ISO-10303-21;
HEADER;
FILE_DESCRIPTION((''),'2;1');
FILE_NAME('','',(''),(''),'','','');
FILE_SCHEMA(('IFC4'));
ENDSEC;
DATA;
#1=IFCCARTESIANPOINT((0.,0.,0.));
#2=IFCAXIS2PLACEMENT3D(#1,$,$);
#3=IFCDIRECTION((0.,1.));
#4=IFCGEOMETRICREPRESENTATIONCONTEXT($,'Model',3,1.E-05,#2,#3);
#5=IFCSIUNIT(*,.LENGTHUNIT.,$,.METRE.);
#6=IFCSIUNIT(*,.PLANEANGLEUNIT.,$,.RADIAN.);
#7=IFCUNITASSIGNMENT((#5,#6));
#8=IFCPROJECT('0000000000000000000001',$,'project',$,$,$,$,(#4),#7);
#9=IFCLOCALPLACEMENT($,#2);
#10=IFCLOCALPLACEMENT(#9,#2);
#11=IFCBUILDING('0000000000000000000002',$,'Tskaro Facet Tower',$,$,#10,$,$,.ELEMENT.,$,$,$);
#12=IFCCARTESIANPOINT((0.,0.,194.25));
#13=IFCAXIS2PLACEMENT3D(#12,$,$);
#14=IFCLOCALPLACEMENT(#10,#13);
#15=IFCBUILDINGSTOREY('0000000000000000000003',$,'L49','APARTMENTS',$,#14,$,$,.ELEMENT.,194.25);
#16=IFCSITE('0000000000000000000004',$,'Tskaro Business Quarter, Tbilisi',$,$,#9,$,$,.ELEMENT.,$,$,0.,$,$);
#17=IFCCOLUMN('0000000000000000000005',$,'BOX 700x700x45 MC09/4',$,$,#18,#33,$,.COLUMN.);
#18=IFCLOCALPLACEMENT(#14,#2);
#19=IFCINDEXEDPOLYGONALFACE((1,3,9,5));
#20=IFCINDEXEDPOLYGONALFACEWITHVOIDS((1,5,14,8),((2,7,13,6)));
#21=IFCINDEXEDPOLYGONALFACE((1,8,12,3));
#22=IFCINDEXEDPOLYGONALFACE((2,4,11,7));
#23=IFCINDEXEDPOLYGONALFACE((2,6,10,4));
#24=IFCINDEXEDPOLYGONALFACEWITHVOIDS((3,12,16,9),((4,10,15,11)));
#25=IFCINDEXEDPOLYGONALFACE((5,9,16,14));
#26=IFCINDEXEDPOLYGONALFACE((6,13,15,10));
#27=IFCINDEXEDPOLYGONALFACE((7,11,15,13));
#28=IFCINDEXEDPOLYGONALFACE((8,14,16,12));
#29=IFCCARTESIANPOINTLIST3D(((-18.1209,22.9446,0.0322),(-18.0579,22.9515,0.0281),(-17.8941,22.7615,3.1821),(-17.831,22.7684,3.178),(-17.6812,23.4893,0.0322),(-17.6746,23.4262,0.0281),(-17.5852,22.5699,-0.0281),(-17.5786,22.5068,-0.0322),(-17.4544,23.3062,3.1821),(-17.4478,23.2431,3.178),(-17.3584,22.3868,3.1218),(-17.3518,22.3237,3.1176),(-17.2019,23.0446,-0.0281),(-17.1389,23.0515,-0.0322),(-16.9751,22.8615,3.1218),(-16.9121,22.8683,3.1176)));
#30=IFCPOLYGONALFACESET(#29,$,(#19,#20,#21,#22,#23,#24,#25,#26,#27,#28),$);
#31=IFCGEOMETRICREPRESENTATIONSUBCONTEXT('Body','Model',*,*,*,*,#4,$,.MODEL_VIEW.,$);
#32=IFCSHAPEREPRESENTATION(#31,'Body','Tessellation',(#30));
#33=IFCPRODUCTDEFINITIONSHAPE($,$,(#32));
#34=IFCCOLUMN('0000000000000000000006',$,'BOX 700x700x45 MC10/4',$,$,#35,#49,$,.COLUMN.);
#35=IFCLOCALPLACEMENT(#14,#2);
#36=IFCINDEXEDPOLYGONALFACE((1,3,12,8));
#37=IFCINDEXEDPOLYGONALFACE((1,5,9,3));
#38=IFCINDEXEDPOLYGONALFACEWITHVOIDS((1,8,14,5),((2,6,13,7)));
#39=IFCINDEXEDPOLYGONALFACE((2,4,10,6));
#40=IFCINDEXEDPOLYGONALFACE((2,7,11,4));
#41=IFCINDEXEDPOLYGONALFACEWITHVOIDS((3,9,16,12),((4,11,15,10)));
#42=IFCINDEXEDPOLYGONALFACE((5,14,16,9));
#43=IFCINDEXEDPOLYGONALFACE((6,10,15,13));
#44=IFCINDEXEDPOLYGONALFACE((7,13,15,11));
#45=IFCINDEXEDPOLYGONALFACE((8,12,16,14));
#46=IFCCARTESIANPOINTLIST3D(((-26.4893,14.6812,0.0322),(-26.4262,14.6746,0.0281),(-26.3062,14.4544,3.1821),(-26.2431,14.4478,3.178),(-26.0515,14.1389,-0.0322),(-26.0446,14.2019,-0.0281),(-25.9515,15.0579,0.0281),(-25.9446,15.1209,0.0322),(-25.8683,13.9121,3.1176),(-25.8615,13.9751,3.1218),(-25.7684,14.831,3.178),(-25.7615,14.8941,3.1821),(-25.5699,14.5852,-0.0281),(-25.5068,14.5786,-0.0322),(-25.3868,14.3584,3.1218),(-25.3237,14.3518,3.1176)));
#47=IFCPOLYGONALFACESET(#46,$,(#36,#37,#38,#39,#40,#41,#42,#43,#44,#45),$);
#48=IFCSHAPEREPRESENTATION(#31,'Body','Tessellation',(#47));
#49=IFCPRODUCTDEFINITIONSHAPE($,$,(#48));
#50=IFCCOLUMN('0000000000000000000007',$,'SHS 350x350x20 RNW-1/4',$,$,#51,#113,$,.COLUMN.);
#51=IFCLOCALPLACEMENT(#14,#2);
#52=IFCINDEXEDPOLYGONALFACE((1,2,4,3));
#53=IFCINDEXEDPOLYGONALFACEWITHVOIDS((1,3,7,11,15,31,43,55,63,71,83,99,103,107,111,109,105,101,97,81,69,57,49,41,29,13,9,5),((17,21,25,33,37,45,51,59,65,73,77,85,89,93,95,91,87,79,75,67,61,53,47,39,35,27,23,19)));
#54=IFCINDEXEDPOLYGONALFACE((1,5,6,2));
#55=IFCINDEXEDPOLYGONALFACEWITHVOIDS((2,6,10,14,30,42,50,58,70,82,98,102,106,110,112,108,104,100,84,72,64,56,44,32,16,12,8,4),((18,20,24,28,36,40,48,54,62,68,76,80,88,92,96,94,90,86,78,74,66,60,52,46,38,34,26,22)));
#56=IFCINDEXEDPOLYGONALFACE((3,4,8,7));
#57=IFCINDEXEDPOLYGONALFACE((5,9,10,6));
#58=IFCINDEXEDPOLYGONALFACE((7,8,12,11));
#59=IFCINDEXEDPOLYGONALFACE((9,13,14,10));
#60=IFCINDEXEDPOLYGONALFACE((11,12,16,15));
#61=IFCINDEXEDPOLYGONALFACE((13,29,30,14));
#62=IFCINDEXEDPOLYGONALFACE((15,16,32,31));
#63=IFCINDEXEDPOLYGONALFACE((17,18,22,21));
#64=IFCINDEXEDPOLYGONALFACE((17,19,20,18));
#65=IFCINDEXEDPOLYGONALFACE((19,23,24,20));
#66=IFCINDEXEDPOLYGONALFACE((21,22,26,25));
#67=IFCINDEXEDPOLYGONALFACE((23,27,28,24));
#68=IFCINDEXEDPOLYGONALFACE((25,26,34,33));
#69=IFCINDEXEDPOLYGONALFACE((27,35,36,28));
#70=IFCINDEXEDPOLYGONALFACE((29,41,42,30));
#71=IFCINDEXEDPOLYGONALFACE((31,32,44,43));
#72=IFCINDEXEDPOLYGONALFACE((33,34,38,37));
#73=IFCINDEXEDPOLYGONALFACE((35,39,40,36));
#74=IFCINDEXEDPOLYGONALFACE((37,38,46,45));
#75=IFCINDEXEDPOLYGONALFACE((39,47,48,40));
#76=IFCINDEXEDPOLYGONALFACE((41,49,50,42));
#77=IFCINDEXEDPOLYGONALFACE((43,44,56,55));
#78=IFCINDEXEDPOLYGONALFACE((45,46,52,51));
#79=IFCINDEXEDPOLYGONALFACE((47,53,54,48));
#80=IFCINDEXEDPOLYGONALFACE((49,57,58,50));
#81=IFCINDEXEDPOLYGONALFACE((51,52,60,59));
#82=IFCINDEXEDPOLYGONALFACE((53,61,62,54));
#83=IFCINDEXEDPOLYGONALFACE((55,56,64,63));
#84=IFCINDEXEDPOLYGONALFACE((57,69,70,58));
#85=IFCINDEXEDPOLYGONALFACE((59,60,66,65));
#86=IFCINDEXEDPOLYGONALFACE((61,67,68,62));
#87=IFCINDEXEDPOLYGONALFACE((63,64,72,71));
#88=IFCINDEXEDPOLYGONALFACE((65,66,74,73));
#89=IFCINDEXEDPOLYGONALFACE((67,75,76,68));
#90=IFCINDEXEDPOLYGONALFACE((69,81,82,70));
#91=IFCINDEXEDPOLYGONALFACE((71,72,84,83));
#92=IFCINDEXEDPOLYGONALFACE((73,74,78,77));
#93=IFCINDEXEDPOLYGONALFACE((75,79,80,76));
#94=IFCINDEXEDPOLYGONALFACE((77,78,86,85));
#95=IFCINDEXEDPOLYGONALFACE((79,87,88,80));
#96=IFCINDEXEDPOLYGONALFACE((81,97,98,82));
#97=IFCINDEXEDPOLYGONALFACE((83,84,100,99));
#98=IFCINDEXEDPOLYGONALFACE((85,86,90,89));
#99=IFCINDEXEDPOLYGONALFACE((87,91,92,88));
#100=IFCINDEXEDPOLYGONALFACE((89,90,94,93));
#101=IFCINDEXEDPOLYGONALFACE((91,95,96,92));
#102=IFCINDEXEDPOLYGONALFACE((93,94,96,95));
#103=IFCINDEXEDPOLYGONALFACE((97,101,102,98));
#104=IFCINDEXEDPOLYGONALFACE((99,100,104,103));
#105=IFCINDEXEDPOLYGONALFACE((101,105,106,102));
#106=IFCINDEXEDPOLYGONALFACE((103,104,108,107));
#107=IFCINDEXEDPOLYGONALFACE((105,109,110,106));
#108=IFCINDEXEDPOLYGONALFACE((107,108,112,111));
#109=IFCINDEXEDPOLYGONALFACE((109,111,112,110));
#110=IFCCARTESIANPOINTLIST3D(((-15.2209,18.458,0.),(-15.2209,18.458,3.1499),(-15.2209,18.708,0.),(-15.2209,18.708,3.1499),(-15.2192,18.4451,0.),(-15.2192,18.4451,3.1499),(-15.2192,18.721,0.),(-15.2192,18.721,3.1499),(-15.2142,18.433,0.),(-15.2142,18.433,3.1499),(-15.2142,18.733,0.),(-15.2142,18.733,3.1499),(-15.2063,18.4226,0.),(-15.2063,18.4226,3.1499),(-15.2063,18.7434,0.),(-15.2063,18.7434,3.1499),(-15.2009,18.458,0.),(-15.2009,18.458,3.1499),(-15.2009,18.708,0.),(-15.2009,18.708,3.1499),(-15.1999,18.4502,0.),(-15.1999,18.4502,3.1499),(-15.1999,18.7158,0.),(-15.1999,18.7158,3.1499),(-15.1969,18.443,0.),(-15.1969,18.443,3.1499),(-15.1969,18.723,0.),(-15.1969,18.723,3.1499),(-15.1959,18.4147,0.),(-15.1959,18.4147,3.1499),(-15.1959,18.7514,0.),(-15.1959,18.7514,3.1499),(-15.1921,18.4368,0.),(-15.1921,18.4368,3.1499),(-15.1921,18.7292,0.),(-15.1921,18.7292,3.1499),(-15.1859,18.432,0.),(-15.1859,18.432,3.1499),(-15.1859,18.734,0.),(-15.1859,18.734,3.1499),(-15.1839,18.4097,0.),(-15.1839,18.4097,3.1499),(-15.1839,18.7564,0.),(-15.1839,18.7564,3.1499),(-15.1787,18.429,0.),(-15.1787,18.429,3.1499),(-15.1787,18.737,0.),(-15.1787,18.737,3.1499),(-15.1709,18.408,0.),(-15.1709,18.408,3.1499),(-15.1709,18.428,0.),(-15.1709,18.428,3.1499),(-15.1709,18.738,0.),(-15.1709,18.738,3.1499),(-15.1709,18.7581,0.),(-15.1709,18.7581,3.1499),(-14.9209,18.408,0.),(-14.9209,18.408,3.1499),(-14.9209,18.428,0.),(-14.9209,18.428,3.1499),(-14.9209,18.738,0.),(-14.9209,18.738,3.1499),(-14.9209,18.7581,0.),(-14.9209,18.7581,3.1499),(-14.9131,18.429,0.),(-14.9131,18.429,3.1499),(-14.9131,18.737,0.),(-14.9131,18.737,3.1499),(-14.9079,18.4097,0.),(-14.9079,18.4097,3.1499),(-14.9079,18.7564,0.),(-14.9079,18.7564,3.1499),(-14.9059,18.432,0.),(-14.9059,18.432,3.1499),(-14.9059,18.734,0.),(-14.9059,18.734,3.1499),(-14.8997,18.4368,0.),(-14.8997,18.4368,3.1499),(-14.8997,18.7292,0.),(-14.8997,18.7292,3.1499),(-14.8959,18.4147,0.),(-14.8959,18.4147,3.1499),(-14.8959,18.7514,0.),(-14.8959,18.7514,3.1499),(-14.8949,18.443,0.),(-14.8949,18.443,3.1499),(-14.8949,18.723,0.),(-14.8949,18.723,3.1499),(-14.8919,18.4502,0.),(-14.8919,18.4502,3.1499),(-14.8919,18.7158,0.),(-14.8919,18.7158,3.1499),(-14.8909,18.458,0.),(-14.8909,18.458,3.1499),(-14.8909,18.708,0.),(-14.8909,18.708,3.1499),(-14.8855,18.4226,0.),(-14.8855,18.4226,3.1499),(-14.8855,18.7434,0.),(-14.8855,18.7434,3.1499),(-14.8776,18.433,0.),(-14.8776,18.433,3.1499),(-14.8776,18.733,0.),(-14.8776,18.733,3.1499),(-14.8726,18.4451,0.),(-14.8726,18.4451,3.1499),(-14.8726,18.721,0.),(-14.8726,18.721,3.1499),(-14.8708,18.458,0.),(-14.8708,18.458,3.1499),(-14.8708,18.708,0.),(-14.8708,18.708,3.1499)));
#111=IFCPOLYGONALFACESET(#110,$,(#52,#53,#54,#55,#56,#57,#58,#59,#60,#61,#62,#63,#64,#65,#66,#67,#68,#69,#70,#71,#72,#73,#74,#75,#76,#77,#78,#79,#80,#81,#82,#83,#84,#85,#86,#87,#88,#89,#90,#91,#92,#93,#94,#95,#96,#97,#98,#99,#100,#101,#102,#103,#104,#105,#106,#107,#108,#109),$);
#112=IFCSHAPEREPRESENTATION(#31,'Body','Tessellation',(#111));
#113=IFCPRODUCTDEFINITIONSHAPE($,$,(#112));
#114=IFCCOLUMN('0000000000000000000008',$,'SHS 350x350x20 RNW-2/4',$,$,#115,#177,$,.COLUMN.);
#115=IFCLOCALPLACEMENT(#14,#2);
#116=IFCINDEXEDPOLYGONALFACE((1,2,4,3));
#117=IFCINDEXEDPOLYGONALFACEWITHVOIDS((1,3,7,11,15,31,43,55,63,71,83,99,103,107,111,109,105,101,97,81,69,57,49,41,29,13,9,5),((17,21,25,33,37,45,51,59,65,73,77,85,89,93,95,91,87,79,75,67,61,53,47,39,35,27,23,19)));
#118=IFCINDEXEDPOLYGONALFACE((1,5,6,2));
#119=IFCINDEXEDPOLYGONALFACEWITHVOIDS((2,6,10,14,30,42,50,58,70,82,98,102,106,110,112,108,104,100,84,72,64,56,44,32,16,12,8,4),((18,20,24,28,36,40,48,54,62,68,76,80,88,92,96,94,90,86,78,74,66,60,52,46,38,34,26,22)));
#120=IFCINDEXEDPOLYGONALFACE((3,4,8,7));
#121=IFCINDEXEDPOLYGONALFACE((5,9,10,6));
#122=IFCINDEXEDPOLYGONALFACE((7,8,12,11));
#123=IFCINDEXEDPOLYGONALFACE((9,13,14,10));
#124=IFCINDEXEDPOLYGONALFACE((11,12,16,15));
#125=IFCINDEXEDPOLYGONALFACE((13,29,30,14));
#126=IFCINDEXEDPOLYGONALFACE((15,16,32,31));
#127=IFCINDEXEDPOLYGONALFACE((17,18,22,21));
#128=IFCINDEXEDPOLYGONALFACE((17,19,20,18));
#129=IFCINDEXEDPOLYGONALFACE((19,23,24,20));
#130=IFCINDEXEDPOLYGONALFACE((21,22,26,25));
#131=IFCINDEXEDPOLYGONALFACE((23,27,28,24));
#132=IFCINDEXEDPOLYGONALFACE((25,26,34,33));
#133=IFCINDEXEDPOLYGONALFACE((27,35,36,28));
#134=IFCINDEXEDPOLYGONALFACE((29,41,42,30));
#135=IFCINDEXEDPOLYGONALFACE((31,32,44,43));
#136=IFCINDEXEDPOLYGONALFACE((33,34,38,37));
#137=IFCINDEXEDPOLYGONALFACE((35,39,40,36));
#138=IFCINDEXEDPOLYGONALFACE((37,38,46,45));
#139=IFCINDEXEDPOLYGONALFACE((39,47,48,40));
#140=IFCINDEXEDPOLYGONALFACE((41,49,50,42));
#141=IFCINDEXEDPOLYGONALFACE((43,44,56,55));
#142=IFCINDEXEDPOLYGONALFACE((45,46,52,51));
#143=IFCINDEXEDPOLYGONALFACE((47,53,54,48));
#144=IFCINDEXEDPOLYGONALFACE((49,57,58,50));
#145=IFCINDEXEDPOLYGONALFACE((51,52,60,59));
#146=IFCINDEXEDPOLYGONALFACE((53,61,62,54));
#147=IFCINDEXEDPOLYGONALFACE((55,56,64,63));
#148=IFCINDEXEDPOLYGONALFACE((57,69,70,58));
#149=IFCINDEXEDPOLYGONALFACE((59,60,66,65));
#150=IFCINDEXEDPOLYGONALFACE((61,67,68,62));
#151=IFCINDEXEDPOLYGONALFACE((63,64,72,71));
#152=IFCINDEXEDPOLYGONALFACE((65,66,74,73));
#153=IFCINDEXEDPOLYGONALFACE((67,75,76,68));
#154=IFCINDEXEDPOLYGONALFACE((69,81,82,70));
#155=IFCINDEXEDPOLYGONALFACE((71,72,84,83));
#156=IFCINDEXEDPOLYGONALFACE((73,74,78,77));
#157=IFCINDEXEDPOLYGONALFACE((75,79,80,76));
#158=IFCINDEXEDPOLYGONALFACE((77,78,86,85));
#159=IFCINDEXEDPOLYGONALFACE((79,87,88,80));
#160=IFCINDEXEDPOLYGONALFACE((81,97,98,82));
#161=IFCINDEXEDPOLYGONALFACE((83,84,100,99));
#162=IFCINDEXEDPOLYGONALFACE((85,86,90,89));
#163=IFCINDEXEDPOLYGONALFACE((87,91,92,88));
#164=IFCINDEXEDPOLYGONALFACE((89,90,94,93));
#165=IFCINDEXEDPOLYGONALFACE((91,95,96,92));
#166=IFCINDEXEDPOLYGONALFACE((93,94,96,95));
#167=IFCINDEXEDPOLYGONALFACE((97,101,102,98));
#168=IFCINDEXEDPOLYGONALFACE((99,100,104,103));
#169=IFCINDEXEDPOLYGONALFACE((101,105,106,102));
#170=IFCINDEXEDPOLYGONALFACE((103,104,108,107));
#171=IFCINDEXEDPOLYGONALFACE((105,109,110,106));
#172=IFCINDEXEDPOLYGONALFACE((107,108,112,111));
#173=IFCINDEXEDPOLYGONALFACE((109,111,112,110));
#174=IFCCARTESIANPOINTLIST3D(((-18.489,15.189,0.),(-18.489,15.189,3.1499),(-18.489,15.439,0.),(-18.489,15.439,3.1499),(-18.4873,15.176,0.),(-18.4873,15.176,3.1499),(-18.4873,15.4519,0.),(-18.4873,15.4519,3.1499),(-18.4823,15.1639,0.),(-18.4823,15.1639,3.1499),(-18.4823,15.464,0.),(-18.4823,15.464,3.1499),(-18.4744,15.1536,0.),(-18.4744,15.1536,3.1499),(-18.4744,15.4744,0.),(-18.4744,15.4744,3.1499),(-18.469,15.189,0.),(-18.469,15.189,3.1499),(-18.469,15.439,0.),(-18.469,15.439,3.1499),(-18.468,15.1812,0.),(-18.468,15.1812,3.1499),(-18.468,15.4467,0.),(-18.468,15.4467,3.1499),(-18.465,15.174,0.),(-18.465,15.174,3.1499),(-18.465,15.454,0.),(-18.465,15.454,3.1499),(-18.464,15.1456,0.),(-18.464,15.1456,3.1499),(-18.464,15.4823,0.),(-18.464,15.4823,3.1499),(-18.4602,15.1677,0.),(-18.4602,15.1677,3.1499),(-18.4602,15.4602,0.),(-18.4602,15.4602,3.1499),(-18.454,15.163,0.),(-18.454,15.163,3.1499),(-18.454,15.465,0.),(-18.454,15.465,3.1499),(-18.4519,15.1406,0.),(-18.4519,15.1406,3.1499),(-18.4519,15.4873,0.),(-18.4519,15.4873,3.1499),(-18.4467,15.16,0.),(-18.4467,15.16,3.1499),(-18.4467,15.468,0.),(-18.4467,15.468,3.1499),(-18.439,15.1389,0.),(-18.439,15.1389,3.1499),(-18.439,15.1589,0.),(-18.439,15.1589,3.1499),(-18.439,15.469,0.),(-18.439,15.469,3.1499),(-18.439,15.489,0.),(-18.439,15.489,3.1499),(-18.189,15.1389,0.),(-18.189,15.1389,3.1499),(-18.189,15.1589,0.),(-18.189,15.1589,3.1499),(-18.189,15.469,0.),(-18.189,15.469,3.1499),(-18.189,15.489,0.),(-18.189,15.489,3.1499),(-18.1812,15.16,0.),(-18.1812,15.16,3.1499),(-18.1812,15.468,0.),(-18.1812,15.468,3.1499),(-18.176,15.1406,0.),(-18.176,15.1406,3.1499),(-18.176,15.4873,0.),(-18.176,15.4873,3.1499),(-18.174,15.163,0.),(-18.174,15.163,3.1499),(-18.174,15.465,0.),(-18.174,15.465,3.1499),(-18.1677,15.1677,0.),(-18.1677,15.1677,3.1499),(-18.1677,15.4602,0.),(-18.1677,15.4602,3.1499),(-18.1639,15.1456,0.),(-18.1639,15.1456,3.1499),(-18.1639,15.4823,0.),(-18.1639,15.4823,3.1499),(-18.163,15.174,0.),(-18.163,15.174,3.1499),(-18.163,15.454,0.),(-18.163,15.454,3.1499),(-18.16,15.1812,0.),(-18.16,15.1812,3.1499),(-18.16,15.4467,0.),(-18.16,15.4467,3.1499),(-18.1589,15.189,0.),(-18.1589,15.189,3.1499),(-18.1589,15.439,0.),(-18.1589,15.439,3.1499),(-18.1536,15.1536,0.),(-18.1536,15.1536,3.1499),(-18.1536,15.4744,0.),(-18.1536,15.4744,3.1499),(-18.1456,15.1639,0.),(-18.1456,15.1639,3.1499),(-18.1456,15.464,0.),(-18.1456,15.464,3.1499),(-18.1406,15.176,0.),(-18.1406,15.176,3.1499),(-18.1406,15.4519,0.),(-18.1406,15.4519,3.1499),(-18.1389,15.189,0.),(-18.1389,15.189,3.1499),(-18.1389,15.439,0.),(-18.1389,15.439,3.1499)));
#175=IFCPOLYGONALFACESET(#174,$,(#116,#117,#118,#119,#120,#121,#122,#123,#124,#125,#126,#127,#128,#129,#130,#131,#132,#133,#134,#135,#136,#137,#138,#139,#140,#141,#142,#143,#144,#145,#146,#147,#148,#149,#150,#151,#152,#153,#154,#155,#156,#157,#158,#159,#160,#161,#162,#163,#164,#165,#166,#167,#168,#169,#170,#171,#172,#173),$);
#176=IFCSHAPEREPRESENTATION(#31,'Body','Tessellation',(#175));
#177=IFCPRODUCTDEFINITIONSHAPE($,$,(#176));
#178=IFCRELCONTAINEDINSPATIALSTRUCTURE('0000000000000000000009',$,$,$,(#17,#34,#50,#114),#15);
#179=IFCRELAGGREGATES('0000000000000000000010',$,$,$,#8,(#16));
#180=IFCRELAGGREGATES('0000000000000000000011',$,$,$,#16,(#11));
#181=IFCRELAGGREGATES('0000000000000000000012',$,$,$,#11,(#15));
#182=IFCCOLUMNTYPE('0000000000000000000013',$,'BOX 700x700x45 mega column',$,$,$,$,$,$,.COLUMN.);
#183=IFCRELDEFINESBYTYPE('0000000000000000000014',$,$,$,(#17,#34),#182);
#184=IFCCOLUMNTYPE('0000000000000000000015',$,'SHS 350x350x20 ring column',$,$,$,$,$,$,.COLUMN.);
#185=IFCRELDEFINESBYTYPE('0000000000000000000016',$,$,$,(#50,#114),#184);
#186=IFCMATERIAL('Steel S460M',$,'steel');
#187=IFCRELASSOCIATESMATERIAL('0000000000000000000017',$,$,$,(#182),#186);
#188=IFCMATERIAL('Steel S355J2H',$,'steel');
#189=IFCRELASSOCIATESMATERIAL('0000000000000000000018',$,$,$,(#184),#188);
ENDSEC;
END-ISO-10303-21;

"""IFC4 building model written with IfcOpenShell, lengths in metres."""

from ifc_helpers import new_model, si_unit, direction, frame, origin, origin_2d, place, context, subcontext, project, spatial, hollow_rectangle, extrude, material, material_profile, profile_set, type_object, element, save


model = new_model("IFC4")

# Units and contexts
model_context = context("Model", 3, precision=1e-05, world=origin(), true_north=direction((0.0, 1.0)))
body_context = subcontext(model_context, "Body", "Model", "MODEL_VIEW")
ifc_project = project(units=[si_unit("LENGTHUNIT", "METRE"), si_unit("PLANEANGLEUNIT", "RADIAN")], contexts=[model_context])

# Site, building, storey
site_placement = place(None, origin())
site = spatial("IfcSite", under=ifc_project, at=site_placement, Name="Tskaro Business Quarter, Tbilisi", CompositionType="ELEMENT", RefElevation=0.0)
building_placement = place(site_placement, origin())
building = spatial("IfcBuilding", under=site, at=building_placement, Name="Tskaro Facet Tower", CompositionType="ELEMENT")
storey_placement = place(building_placement, frame((0.0, 0.0, 194.25)))
storey = spatial("IfcBuildingStorey", under=building, at=storey_placement, Name="L49", Description="APARTMENTS", CompositionType="ELEMENT", Elevation=194.25)

# Columns
ifc_material_1 = material(Name="Steel S460M", Category="steel")
ifc_material_profile_1 = material_profile(ifc_material_1, hollow_rectangle(XDim=0.7, YDim=0.7, WallThickness=0.0449, at=origin_2d()), Name="BOX 700x700x45")
ifc_profile_set_1 = profile_set([ifc_material_profile_1], Name="Steel S460M")
column_type_1 = type_object("IfcColumnType", Name="BOX 700x700x45 mega column", PredefinedType="COLUMN", material=ifc_profile_set_1)
for number, where, z_axis, x_axis, name in (
    (1, (-17.6299, 22.998, 0.0), (0.071698, -0.057883, 0.995745), (0.628162, 0.778083, 0.0), "BOX 700x700x45 MC09/4"),
    (2, (-25.998, 14.6299, 0.0), (0.057883, -0.071698, 0.995745), (0.778083, 0.628162, 0.0), "BOX 700x700x45 MC10/4"),
):
    element("IfcColumn", number, at=place(storey_placement, frame(where, z_axis=z_axis, x_axis=x_axis)), inside=storey, type_object=column_type_1, Name=name, PredefinedType="COLUMN", context=body_context, shape_type="SweptSolid", body=[
        extrude(hollow_rectangle(XDim=0.7, YDim=0.7, WallThickness=0.0449, at=origin_2d()), origin(), (0.0, 0.0, 1.0), 3.1633),
    ])
ifc_material_2 = material(Name="Steel S355J2H", Category="steel")
ifc_material_profile_2 = material_profile(ifc_material_2, hollow_rectangle(XDim=0.3501, YDim=0.3501, WallThickness=0.02, InnerFilletRadius=0.03, OuterFilletRadius=0.05, at=origin_2d()), Name="SHS 350x350x20")
ifc_profile_set_2 = profile_set([ifc_material_profile_2], Name="Steel S355J2H")
column_type_2 = type_object("IfcColumnType", Name="SHS 350x350x20 ring column", PredefinedType="COLUMN", material=ifc_profile_set_2)
for number, where, z_axis, x_axis, name in (
    (3, (-15.0459, 18.583, 0.0), (0.0, 0.0, 1.0), (1.0, 0.0, 0.0), "SHS 350x350x20 RNW-1/4"),
    (4, (-18.314, 15.314, 0.0), (0.0, 0.0, 1.0), (1.0, 0.0, 0.0), "SHS 350x350x20 RNW-2/4"),
):
    element("IfcColumn", number, at=place(storey_placement, frame(where, z_axis=z_axis, x_axis=x_axis)), inside=storey, type_object=column_type_2, Name=name, PredefinedType="COLUMN", context=body_context, shape_type="SweptSolid", body=[
        extrude(hollow_rectangle(XDim=0.3501, YDim=0.3501, WallThickness=0.02, InnerFilletRadius=0.03, OuterFilletRadius=0.05, at=origin_2d()), origin(), (0.0, 0.0, 1.0), 3.1499),
    ])

save(model, "model.ifc")
